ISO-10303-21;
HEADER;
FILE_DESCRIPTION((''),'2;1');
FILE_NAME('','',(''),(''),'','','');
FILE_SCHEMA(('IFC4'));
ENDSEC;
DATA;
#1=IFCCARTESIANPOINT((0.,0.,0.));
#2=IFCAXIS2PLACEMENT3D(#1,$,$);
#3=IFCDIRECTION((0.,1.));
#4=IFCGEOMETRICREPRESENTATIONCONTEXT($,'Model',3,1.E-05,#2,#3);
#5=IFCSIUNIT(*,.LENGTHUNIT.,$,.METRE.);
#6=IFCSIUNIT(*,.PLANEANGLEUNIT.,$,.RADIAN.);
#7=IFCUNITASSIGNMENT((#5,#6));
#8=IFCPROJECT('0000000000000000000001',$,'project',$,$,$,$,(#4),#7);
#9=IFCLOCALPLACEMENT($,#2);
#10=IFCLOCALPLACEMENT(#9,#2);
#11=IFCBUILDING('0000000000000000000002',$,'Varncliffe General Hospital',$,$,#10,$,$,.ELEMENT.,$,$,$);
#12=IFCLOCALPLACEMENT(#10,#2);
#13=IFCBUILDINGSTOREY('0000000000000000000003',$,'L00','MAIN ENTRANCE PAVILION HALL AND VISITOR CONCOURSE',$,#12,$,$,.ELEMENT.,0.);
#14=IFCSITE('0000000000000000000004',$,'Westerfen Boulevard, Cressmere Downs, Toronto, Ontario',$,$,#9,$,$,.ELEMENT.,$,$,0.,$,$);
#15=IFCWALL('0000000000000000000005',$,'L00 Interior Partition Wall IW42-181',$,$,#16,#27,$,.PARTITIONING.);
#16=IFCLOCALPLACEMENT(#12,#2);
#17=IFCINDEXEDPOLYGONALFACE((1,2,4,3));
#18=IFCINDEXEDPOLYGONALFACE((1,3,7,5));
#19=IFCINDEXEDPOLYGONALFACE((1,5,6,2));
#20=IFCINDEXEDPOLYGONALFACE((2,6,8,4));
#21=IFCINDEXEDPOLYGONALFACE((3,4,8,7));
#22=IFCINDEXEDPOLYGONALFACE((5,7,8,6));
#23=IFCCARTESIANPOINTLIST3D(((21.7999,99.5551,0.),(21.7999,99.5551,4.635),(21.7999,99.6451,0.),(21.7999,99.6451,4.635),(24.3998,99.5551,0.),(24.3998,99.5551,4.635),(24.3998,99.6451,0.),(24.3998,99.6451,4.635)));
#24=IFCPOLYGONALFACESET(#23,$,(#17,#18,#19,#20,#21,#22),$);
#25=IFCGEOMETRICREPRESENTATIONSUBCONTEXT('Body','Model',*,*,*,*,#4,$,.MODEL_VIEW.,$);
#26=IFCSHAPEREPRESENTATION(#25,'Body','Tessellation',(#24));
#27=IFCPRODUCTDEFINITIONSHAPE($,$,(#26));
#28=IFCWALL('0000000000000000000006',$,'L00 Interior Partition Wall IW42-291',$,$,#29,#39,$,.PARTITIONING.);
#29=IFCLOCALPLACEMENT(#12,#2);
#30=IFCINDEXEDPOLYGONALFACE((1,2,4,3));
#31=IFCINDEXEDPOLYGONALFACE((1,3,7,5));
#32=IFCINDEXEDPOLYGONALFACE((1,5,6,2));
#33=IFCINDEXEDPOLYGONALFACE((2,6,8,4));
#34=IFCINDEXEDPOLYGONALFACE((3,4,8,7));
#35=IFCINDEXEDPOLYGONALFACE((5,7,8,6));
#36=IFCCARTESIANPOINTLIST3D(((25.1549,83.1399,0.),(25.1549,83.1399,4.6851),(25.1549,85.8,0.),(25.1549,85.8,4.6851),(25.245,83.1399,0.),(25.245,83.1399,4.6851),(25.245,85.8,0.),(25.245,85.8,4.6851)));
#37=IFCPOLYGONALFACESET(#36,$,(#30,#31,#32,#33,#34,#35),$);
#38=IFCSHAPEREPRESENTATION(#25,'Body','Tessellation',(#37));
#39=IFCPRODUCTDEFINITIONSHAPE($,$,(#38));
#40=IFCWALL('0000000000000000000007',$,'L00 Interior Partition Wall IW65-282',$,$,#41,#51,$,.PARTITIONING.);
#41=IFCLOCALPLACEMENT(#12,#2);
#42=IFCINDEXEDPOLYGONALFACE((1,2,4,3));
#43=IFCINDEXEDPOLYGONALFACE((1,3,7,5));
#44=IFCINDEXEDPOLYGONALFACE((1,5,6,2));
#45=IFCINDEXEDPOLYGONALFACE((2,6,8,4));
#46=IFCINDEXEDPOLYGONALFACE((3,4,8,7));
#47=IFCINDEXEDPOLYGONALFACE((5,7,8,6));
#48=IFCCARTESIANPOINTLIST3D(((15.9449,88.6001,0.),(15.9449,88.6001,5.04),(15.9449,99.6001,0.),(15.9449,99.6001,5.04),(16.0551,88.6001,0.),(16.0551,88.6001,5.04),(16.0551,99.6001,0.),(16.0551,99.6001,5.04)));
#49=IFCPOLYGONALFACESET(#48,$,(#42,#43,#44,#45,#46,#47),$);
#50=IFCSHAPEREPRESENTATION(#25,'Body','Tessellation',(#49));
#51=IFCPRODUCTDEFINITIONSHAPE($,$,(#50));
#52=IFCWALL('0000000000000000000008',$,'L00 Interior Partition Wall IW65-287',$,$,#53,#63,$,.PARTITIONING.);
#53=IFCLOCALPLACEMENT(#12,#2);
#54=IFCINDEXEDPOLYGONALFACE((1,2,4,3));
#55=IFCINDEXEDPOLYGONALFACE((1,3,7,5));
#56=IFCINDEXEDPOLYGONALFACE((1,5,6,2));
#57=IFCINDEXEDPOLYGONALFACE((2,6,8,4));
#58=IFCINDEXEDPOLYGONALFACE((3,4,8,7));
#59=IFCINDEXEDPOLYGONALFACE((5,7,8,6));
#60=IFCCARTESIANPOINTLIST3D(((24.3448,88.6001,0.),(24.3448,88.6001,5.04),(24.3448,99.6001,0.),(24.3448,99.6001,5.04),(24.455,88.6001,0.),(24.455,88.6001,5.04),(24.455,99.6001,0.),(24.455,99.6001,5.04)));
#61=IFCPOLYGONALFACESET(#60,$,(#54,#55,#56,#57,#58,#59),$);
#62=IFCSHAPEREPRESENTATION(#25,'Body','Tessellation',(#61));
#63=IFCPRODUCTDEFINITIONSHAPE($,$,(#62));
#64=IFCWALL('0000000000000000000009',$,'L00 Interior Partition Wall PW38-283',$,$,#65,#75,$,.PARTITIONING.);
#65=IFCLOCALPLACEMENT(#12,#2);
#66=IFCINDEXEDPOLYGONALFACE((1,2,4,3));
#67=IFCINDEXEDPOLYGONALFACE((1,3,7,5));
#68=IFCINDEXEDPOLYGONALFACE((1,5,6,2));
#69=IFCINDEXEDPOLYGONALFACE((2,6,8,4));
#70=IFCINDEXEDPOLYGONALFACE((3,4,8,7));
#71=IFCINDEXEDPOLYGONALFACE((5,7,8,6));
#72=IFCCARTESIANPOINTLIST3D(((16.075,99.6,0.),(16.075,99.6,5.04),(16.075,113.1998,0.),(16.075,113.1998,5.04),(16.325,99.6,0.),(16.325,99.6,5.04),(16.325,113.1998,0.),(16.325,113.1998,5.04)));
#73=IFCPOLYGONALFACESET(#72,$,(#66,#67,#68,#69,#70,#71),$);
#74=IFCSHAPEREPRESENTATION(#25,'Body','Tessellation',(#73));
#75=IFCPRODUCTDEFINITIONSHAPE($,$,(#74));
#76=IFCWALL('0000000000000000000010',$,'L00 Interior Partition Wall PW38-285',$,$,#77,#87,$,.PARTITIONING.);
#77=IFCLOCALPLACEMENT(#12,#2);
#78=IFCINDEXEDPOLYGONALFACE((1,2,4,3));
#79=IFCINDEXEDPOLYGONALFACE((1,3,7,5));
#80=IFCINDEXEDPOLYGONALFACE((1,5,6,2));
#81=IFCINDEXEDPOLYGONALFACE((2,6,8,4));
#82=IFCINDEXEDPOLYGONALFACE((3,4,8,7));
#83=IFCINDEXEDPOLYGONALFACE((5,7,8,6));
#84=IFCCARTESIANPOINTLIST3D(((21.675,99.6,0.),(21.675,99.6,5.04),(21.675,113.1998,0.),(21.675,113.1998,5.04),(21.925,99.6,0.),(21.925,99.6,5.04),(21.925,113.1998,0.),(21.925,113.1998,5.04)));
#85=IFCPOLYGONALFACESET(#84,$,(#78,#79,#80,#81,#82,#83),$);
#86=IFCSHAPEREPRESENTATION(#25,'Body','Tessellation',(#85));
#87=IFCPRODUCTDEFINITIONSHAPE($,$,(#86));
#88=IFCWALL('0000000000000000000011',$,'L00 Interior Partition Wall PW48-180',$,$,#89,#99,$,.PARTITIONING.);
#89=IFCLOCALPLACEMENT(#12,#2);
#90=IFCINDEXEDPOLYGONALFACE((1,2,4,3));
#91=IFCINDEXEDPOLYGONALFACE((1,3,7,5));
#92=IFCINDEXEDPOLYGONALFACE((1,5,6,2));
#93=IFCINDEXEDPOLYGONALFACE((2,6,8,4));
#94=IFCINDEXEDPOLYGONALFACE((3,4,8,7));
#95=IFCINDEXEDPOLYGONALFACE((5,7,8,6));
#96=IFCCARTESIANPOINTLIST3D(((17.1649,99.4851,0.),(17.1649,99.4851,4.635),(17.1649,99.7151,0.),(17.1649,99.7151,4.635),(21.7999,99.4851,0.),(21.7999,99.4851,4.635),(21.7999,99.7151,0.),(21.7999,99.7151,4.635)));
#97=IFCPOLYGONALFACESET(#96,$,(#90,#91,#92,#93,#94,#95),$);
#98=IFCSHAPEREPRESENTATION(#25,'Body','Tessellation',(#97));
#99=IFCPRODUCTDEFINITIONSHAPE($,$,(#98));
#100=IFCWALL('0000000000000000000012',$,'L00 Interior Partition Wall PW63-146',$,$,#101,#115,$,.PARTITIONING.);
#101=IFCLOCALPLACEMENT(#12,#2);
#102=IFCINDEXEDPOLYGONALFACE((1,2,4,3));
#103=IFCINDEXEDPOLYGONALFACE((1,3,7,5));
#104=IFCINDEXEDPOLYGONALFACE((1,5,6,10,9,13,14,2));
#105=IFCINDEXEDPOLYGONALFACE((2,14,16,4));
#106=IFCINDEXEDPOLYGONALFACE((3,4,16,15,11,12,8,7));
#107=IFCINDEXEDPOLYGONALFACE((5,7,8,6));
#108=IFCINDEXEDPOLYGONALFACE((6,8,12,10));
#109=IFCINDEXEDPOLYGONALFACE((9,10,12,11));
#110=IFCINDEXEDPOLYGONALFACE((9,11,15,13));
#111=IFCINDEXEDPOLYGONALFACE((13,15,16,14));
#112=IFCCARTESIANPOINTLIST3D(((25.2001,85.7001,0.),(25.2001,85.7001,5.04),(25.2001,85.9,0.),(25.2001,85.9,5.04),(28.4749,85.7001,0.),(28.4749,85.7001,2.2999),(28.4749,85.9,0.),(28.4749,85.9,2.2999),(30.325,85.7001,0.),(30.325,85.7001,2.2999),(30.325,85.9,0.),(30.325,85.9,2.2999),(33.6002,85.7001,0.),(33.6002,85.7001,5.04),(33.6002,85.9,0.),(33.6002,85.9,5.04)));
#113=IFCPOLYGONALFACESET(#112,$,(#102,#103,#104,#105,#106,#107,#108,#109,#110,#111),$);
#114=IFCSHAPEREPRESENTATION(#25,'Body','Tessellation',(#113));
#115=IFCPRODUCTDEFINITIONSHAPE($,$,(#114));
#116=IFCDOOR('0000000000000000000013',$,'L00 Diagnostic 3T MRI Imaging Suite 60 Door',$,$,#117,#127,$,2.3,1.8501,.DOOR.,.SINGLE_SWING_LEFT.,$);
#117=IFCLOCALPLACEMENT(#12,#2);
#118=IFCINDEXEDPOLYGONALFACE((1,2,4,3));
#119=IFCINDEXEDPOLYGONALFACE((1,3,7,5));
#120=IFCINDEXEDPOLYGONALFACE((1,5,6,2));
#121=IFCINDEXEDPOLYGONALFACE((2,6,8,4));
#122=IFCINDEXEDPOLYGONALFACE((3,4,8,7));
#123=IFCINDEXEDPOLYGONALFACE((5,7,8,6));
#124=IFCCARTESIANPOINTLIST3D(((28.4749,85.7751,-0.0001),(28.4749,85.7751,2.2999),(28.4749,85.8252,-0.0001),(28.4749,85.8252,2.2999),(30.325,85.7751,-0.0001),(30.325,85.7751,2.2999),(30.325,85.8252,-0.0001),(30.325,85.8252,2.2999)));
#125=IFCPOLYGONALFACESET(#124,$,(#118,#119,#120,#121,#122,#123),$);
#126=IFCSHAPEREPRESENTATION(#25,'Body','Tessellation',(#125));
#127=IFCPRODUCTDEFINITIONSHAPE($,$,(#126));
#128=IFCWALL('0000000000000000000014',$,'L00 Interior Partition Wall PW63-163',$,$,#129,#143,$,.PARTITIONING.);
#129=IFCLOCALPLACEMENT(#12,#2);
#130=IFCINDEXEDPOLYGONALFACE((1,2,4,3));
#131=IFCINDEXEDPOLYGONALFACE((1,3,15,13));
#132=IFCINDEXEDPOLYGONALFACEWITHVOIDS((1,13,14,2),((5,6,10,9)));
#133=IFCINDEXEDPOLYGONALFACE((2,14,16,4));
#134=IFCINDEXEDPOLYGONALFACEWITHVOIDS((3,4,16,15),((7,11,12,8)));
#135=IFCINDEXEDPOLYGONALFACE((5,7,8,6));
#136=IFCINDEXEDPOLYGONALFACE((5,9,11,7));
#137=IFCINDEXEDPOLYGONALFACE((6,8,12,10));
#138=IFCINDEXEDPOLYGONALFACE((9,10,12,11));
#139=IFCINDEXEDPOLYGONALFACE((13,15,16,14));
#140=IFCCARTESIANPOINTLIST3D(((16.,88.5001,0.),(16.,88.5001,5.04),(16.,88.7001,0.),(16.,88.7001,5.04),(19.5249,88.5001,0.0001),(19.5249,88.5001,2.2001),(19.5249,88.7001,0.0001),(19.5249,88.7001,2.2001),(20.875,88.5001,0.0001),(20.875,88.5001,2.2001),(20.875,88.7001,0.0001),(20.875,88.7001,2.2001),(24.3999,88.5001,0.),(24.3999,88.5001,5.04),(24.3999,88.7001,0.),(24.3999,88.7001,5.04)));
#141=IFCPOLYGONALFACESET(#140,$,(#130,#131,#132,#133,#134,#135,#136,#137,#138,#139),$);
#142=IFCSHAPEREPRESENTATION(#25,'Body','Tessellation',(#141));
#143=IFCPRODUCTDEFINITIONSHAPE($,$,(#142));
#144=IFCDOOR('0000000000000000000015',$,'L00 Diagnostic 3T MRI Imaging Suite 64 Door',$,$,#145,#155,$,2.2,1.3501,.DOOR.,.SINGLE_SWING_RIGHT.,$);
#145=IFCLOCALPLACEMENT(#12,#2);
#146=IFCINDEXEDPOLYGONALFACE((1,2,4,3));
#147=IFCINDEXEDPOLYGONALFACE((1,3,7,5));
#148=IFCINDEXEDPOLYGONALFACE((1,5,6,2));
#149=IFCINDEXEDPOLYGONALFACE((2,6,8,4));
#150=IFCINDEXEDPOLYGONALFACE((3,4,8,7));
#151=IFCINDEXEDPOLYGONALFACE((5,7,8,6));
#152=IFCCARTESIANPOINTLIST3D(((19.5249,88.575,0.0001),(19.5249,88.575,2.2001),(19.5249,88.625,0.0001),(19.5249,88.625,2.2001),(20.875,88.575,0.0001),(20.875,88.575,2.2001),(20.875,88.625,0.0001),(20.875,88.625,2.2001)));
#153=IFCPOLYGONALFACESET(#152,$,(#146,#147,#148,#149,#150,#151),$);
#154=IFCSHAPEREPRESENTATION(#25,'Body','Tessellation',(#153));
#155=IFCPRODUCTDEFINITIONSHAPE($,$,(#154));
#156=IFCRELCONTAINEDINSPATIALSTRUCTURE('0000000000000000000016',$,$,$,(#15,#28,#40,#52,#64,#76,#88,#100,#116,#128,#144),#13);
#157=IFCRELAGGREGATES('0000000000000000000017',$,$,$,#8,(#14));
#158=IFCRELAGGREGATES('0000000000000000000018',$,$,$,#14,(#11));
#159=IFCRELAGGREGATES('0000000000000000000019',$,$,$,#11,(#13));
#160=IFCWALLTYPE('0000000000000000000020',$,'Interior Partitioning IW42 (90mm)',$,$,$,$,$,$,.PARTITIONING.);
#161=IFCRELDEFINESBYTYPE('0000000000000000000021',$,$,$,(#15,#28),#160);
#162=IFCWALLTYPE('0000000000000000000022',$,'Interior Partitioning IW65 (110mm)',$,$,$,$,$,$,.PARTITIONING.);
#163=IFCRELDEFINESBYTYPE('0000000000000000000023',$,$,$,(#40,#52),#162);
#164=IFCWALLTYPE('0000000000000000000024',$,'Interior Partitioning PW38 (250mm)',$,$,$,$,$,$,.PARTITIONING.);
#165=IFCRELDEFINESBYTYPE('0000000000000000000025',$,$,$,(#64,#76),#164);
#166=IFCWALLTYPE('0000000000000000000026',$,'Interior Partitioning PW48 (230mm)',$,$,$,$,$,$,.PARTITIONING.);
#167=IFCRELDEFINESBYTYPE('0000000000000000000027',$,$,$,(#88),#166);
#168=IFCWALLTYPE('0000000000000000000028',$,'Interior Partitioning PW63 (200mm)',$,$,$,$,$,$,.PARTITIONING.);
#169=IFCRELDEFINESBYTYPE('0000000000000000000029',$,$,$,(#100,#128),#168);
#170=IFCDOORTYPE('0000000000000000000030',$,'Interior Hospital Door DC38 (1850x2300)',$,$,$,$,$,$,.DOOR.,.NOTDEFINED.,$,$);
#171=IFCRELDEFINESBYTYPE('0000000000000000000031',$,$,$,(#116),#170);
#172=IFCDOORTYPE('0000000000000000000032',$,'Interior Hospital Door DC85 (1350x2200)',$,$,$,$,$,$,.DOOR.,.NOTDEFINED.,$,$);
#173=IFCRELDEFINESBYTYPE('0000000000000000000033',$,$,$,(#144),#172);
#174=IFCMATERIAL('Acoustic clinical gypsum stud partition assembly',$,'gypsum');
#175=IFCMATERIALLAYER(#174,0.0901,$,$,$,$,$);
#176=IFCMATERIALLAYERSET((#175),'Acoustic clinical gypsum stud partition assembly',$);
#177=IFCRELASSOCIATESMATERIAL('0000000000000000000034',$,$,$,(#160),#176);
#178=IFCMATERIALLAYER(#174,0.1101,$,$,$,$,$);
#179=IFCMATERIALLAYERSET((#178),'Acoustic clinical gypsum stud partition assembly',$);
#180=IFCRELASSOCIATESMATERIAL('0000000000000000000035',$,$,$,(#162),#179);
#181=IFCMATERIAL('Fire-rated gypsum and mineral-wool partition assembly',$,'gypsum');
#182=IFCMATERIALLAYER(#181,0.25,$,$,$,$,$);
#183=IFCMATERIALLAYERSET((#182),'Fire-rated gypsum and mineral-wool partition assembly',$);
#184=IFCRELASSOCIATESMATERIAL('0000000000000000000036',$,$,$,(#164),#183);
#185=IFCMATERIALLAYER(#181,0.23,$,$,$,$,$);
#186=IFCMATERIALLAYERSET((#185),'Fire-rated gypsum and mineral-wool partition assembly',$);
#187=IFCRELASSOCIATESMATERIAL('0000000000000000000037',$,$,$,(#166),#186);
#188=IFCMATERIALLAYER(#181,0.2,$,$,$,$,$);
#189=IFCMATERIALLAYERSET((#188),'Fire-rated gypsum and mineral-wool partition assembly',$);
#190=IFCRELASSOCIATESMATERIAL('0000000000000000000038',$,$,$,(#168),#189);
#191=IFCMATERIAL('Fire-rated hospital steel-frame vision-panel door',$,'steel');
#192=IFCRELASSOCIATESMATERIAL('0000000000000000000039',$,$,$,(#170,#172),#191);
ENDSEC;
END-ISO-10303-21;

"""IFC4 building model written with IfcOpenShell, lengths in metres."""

from ifc_helpers import new_model, si_unit, direction, frame, frame_2d, origin, place, context, subcontext, project, spatial, rectangle, extrude, material, layer, layer_set, type_object, element, fill, save


model = new_model("IFC4")

# Units and contexts
model_context = context("Model", 3, precision=1e-05, world=origin(), true_north=direction((0.0, 1.0)))
body_context = subcontext(model_context, "Body", "Model", "MODEL_VIEW")
ifc_project = project(units=[si_unit("LENGTHUNIT", "METRE"), si_unit("PLANEANGLEUNIT", "RADIAN")], contexts=[model_context])

# Site, building, storey
site_placement = place(None, origin())
site = spatial("IfcSite", under=ifc_project, at=site_placement, Name="Westerfen Boulevard, Cressmere Downs, Toronto, Ontario", CompositionType="ELEMENT", RefElevation=0.0)
building_placement = place(site_placement, origin())
building = spatial("IfcBuilding", under=site, at=building_placement, Name="Varncliffe General Hospital", CompositionType="ELEMENT")
storey_placement = place(building_placement, origin())
storey = spatial("IfcBuildingStorey", under=building, at=storey_placement, Name="L00", Description="MAIN ENTRANCE PAVILION HALL AND VISITOR CONCOURSE", CompositionType="ELEMENT", Elevation=0.0)

# Walls
ifc_material_1 = material(Name="Acoustic clinical gypsum stud partition assembly", Category="gypsum")
ifc_layer_1 = layer(ifc_material_1, 0.0901)
ifc_layer_set_1 = layer_set([ifc_layer_1], Name="Acoustic clinical gypsum stud partition assembly")
wall_type_1 = type_object("IfcWallType", Name="Interior Partitioning IW42 (90mm)", PredefinedType="PARTITIONING", material=ifc_layer_set_1)
wall_1_placement = place(storey_placement, frame((21.8, 99.6001, 0.0), z_axis=(0.0, 0.0, 1.0), x_axis=(1.0, 0.0, 0.0)))
element("IfcWall", 1, at=wall_1_placement, inside=storey, type_object=wall_type_1, Name="L00 Interior Partition Wall IW42-181", PredefinedType="PARTITIONING", context=body_context, shape_type="SweptSolid", body=[
    extrude(rectangle(XDim=2.5999, YDim=0.0901, at=frame_2d((1.2998, 0.0))), origin(), (0.0, 0.0, 1.0), 4.635),
])
wall_2_placement = place(storey_placement, frame((25.2, 83.1399, 0.0), z_axis=(0.0, 0.0, 1.0), x_axis=(0.0, 1.0, 0.0)))
element("IfcWall", 2, at=wall_2_placement, inside=storey, type_object=wall_type_1, Name="L00 Interior Partition Wall IW42-291", PredefinedType="PARTITIONING", context=body_context, shape_type="SweptSolid", body=[
    extrude(rectangle(XDim=2.6602, YDim=0.0901, at=frame_2d((1.3301, 0.0))), origin(), (0.0, 0.0, 1.0), 4.6851),
])
ifc_layer_2 = layer(ifc_material_1, 0.1101)
ifc_layer_set_2 = layer_set([ifc_layer_2], Name="Acoustic clinical gypsum stud partition assembly")
wall_type_2 = type_object("IfcWallType", Name="Interior Partitioning IW65 (110mm)", PredefinedType="PARTITIONING", material=ifc_layer_set_2)
for number, where, z_axis, x_axis, name in (
    (3, (16.0, 88.6001, 0.0), (0.0, 0.0, 1.0), (0.0, 1.0, 0.0), "L00 Interior Partition Wall IW65-282"),
    (4, (24.3999, 88.6001, 0.0), (0.0, 0.0, 1.0), (0.0, 1.0, 0.0), "L00 Interior Partition Wall IW65-287"),
):
    element("IfcWall", number, at=place(storey_placement, frame(where, z_axis=z_axis, x_axis=x_axis)), inside=storey, type_object=wall_type_2, Name=name, PredefinedType="PARTITIONING", context=body_context, shape_type="SweptSolid", body=[
        extrude(rectangle(XDim=11.0, YDim=0.1101, at=frame_2d((5.5, 0.0))), origin(), (0.0, 0.0, 1.0), 5.04),
    ])
ifc_material_2 = material(Name="Fire-rated gypsum and mineral-wool partition assembly", Category="gypsum")
ifc_layer_3 = layer(ifc_material_2, 0.25)
ifc_layer_set_3 = layer_set([ifc_layer_3], Name="Fire-rated gypsum and mineral-wool partition assembly")
wall_type_3 = type_object("IfcWallType", Name="Interior Partitioning PW38 (250mm)", PredefinedType="PARTITIONING", material=ifc_layer_set_3)
for number, where, z_axis, x_axis, name in (
    (5, (16.2, 99.6001, 0.0), (0.0, 0.0, 1.0), (0.0, 1.0, 0.0), "L00 Interior Partition Wall PW38-283"),
    (6, (21.8, 99.6001, 0.0), (0.0, 0.0, 1.0), (0.0, 1.0, 0.0), "L00 Interior Partition Wall PW38-285"),
):
    element("IfcWall", number, at=place(storey_placement, frame(where, z_axis=z_axis, x_axis=x_axis)), inside=storey, type_object=wall_type_3, Name=name, PredefinedType="PARTITIONING", context=body_context, shape_type="SweptSolid", body=[
        extrude(rectangle(XDim=13.5999, YDim=0.25, at=frame_2d((6.7998, 0.0))), origin(), (0.0, 0.0, 1.0), 5.04),
    ])
ifc_layer_4 = layer(ifc_material_2, 0.23)
ifc_layer_set_4 = layer_set([ifc_layer_4], Name="Fire-rated gypsum and mineral-wool partition assembly")
wall_type_4 = type_object("IfcWallType", Name="Interior Partitioning PW48 (230mm)", PredefinedType="PARTITIONING", material=ifc_layer_set_4)
wall_3_placement = place(storey_placement, frame((17.165, 99.6001, 0.0), z_axis=(0.0, 0.0, 1.0), x_axis=(1.0, 0.0, 0.0)))
element("IfcWall", 7, at=wall_3_placement, inside=storey, type_object=wall_type_4, Name="L00 Interior Partition Wall PW48-180", PredefinedType="PARTITIONING", context=body_context, shape_type="SweptSolid", body=[
    extrude(rectangle(XDim=4.635, YDim=0.23, at=frame_2d((2.3174, 0.0))), origin(), (0.0, 0.0, 1.0), 4.635),
])

# Walls, openings, doors
ifc_layer_5 = layer(ifc_material_2, 0.2)
ifc_layer_set_5 = layer_set([ifc_layer_5], Name="Fire-rated gypsum and mineral-wool partition assembly")
wall_type_5 = type_object("IfcWallType", Name="Interior Partitioning PW63 (200mm)", PredefinedType="PARTITIONING", material=ifc_layer_set_5)
wall_4_placement = place(storey_placement, frame((25.2, 85.8, 0.0), z_axis=(0.0, 0.0, 1.0), x_axis=(1.0, 0.0, 0.0)))
wall_4 = element("IfcWall", 8, at=wall_4_placement, inside=storey, type_object=wall_type_5, Name="L00 Interior Partition Wall PW63-146", PredefinedType="PARTITIONING", context=body_context, shape_type="SweptSolid", body=[
    extrude(rectangle(XDim=8.4001, YDim=0.2, at=frame_2d((4.2002, 0.0))), origin(), (0.0, 0.0, 1.0), 5.04),
])
opening_1_placement = place(wall_4_placement, frame((3.2749, 0.0, 0.0)))
opening_1 = element("IfcOpeningElement", 9, at=opening_1_placement, cuts=wall_4, PredefinedType="OPENING", context=body_context, shape_type="SweptSolid", body=[
    extrude(rectangle(XDim=1.8501, YDim=2.3, at=frame_2d((0.925, 1.1499))), frame((0.0, 0.1099, 0.0), z_axis=(0.0, -1.0, 0.0), x_axis=(1.0, 0.0, 0.0)), (0.0, 0.0, 1.0), 0.22),
])
ifc_material_3 = material(Name="Fire-rated hospital steel-frame vision-panel door", Category="steel")
door_type_1 = type_object("IfcDoorType", Name="Interior Hospital Door DC38 (1850x2300)", OperationType="NOTDEFINED", PredefinedType="DOOR", material=ifc_material_3)
door_1_placement = place(opening_1_placement, frame((1.8501, 0.0, 0.0), z_axis=(0.0, 0.0, 1.0), x_axis=(-1.0, 0.0, 0.0)))
door_1 = element("IfcDoor", 10, at=door_1_placement, inside=storey, type_object=door_type_1, Name="L00 Diagnostic 3T MRI Imaging Suite 60 Door", OperationType="SINGLE_SWING_LEFT", OverallHeight=2.3, OverallWidth=1.8501, PredefinedType="DOOR", context=body_context, shape_type="SweptSolid", body=[
    extrude(rectangle(XDim=1.8501, YDim=2.3, at=frame_2d((0.925, 1.1499))), frame((0.0, 0.0249, 0.0), z_axis=(0.0, -1.0, 0.0), x_axis=(1.0, 0.0, 0.0)), (0.0, 0.0, 1.0), 0.05),
])
fill(opening_1, door_1)
wall_5_placement = place(storey_placement, frame((16.0, 88.6001, 0.0), z_axis=(0.0, 0.0, 1.0), x_axis=(1.0, 0.0, 0.0)))
wall_5 = element("IfcWall", 11, at=wall_5_placement, inside=storey, type_object=wall_type_5, Name="L00 Interior Partition Wall PW63-163", PredefinedType="PARTITIONING", context=body_context, shape_type="SweptSolid", body=[
    extrude(rectangle(XDim=8.3999, YDim=0.2, at=frame_2d((4.2, 0.0))), origin(), (0.0, 0.0, 1.0), 5.04),
])
opening_2_placement = place(wall_5_placement, frame((3.5249, 0.0, 0.0)))
opening_2 = element("IfcOpeningElement", 12, at=opening_2_placement, cuts=wall_5, PredefinedType="OPENING", context=body_context, shape_type="SweptSolid", body=[
    extrude(rectangle(XDim=1.3501, YDim=2.2, at=frame_2d((0.675, 1.1001))), frame((0.0, 0.1099, 0.0), z_axis=(0.0, -1.0, 0.0), x_axis=(1.0, 0.0, 0.0)), (0.0, 0.0, 1.0), 0.22),
])
door_type_2 = type_object("IfcDoorType", Name="Interior Hospital Door DC85 (1350x2200)", OperationType="NOTDEFINED", PredefinedType="DOOR", material=ifc_material_3)
door_2_placement = place(opening_2_placement, origin())
door_2 = element("IfcDoor", 13, at=door_2_placement, inside=storey, type_object=door_type_2, Name="L00 Diagnostic 3T MRI Imaging Suite 64 Door", OperationType="SINGLE_SWING_RIGHT", OverallHeight=2.2, OverallWidth=1.3501, PredefinedType="DOOR", context=body_context, shape_type="SweptSolid", body=[
    extrude(rectangle(XDim=1.3501, YDim=2.2, at=frame_2d((0.675, 1.1001))), frame((0.0, 0.0249, 0.0), z_axis=(0.0, -1.0, 0.0), x_axis=(1.0, 0.0, 0.0)), (0.0, 0.0, 1.0), 0.05),
])
fill(opening_2, door_2)

save(model, "model.ifc")
